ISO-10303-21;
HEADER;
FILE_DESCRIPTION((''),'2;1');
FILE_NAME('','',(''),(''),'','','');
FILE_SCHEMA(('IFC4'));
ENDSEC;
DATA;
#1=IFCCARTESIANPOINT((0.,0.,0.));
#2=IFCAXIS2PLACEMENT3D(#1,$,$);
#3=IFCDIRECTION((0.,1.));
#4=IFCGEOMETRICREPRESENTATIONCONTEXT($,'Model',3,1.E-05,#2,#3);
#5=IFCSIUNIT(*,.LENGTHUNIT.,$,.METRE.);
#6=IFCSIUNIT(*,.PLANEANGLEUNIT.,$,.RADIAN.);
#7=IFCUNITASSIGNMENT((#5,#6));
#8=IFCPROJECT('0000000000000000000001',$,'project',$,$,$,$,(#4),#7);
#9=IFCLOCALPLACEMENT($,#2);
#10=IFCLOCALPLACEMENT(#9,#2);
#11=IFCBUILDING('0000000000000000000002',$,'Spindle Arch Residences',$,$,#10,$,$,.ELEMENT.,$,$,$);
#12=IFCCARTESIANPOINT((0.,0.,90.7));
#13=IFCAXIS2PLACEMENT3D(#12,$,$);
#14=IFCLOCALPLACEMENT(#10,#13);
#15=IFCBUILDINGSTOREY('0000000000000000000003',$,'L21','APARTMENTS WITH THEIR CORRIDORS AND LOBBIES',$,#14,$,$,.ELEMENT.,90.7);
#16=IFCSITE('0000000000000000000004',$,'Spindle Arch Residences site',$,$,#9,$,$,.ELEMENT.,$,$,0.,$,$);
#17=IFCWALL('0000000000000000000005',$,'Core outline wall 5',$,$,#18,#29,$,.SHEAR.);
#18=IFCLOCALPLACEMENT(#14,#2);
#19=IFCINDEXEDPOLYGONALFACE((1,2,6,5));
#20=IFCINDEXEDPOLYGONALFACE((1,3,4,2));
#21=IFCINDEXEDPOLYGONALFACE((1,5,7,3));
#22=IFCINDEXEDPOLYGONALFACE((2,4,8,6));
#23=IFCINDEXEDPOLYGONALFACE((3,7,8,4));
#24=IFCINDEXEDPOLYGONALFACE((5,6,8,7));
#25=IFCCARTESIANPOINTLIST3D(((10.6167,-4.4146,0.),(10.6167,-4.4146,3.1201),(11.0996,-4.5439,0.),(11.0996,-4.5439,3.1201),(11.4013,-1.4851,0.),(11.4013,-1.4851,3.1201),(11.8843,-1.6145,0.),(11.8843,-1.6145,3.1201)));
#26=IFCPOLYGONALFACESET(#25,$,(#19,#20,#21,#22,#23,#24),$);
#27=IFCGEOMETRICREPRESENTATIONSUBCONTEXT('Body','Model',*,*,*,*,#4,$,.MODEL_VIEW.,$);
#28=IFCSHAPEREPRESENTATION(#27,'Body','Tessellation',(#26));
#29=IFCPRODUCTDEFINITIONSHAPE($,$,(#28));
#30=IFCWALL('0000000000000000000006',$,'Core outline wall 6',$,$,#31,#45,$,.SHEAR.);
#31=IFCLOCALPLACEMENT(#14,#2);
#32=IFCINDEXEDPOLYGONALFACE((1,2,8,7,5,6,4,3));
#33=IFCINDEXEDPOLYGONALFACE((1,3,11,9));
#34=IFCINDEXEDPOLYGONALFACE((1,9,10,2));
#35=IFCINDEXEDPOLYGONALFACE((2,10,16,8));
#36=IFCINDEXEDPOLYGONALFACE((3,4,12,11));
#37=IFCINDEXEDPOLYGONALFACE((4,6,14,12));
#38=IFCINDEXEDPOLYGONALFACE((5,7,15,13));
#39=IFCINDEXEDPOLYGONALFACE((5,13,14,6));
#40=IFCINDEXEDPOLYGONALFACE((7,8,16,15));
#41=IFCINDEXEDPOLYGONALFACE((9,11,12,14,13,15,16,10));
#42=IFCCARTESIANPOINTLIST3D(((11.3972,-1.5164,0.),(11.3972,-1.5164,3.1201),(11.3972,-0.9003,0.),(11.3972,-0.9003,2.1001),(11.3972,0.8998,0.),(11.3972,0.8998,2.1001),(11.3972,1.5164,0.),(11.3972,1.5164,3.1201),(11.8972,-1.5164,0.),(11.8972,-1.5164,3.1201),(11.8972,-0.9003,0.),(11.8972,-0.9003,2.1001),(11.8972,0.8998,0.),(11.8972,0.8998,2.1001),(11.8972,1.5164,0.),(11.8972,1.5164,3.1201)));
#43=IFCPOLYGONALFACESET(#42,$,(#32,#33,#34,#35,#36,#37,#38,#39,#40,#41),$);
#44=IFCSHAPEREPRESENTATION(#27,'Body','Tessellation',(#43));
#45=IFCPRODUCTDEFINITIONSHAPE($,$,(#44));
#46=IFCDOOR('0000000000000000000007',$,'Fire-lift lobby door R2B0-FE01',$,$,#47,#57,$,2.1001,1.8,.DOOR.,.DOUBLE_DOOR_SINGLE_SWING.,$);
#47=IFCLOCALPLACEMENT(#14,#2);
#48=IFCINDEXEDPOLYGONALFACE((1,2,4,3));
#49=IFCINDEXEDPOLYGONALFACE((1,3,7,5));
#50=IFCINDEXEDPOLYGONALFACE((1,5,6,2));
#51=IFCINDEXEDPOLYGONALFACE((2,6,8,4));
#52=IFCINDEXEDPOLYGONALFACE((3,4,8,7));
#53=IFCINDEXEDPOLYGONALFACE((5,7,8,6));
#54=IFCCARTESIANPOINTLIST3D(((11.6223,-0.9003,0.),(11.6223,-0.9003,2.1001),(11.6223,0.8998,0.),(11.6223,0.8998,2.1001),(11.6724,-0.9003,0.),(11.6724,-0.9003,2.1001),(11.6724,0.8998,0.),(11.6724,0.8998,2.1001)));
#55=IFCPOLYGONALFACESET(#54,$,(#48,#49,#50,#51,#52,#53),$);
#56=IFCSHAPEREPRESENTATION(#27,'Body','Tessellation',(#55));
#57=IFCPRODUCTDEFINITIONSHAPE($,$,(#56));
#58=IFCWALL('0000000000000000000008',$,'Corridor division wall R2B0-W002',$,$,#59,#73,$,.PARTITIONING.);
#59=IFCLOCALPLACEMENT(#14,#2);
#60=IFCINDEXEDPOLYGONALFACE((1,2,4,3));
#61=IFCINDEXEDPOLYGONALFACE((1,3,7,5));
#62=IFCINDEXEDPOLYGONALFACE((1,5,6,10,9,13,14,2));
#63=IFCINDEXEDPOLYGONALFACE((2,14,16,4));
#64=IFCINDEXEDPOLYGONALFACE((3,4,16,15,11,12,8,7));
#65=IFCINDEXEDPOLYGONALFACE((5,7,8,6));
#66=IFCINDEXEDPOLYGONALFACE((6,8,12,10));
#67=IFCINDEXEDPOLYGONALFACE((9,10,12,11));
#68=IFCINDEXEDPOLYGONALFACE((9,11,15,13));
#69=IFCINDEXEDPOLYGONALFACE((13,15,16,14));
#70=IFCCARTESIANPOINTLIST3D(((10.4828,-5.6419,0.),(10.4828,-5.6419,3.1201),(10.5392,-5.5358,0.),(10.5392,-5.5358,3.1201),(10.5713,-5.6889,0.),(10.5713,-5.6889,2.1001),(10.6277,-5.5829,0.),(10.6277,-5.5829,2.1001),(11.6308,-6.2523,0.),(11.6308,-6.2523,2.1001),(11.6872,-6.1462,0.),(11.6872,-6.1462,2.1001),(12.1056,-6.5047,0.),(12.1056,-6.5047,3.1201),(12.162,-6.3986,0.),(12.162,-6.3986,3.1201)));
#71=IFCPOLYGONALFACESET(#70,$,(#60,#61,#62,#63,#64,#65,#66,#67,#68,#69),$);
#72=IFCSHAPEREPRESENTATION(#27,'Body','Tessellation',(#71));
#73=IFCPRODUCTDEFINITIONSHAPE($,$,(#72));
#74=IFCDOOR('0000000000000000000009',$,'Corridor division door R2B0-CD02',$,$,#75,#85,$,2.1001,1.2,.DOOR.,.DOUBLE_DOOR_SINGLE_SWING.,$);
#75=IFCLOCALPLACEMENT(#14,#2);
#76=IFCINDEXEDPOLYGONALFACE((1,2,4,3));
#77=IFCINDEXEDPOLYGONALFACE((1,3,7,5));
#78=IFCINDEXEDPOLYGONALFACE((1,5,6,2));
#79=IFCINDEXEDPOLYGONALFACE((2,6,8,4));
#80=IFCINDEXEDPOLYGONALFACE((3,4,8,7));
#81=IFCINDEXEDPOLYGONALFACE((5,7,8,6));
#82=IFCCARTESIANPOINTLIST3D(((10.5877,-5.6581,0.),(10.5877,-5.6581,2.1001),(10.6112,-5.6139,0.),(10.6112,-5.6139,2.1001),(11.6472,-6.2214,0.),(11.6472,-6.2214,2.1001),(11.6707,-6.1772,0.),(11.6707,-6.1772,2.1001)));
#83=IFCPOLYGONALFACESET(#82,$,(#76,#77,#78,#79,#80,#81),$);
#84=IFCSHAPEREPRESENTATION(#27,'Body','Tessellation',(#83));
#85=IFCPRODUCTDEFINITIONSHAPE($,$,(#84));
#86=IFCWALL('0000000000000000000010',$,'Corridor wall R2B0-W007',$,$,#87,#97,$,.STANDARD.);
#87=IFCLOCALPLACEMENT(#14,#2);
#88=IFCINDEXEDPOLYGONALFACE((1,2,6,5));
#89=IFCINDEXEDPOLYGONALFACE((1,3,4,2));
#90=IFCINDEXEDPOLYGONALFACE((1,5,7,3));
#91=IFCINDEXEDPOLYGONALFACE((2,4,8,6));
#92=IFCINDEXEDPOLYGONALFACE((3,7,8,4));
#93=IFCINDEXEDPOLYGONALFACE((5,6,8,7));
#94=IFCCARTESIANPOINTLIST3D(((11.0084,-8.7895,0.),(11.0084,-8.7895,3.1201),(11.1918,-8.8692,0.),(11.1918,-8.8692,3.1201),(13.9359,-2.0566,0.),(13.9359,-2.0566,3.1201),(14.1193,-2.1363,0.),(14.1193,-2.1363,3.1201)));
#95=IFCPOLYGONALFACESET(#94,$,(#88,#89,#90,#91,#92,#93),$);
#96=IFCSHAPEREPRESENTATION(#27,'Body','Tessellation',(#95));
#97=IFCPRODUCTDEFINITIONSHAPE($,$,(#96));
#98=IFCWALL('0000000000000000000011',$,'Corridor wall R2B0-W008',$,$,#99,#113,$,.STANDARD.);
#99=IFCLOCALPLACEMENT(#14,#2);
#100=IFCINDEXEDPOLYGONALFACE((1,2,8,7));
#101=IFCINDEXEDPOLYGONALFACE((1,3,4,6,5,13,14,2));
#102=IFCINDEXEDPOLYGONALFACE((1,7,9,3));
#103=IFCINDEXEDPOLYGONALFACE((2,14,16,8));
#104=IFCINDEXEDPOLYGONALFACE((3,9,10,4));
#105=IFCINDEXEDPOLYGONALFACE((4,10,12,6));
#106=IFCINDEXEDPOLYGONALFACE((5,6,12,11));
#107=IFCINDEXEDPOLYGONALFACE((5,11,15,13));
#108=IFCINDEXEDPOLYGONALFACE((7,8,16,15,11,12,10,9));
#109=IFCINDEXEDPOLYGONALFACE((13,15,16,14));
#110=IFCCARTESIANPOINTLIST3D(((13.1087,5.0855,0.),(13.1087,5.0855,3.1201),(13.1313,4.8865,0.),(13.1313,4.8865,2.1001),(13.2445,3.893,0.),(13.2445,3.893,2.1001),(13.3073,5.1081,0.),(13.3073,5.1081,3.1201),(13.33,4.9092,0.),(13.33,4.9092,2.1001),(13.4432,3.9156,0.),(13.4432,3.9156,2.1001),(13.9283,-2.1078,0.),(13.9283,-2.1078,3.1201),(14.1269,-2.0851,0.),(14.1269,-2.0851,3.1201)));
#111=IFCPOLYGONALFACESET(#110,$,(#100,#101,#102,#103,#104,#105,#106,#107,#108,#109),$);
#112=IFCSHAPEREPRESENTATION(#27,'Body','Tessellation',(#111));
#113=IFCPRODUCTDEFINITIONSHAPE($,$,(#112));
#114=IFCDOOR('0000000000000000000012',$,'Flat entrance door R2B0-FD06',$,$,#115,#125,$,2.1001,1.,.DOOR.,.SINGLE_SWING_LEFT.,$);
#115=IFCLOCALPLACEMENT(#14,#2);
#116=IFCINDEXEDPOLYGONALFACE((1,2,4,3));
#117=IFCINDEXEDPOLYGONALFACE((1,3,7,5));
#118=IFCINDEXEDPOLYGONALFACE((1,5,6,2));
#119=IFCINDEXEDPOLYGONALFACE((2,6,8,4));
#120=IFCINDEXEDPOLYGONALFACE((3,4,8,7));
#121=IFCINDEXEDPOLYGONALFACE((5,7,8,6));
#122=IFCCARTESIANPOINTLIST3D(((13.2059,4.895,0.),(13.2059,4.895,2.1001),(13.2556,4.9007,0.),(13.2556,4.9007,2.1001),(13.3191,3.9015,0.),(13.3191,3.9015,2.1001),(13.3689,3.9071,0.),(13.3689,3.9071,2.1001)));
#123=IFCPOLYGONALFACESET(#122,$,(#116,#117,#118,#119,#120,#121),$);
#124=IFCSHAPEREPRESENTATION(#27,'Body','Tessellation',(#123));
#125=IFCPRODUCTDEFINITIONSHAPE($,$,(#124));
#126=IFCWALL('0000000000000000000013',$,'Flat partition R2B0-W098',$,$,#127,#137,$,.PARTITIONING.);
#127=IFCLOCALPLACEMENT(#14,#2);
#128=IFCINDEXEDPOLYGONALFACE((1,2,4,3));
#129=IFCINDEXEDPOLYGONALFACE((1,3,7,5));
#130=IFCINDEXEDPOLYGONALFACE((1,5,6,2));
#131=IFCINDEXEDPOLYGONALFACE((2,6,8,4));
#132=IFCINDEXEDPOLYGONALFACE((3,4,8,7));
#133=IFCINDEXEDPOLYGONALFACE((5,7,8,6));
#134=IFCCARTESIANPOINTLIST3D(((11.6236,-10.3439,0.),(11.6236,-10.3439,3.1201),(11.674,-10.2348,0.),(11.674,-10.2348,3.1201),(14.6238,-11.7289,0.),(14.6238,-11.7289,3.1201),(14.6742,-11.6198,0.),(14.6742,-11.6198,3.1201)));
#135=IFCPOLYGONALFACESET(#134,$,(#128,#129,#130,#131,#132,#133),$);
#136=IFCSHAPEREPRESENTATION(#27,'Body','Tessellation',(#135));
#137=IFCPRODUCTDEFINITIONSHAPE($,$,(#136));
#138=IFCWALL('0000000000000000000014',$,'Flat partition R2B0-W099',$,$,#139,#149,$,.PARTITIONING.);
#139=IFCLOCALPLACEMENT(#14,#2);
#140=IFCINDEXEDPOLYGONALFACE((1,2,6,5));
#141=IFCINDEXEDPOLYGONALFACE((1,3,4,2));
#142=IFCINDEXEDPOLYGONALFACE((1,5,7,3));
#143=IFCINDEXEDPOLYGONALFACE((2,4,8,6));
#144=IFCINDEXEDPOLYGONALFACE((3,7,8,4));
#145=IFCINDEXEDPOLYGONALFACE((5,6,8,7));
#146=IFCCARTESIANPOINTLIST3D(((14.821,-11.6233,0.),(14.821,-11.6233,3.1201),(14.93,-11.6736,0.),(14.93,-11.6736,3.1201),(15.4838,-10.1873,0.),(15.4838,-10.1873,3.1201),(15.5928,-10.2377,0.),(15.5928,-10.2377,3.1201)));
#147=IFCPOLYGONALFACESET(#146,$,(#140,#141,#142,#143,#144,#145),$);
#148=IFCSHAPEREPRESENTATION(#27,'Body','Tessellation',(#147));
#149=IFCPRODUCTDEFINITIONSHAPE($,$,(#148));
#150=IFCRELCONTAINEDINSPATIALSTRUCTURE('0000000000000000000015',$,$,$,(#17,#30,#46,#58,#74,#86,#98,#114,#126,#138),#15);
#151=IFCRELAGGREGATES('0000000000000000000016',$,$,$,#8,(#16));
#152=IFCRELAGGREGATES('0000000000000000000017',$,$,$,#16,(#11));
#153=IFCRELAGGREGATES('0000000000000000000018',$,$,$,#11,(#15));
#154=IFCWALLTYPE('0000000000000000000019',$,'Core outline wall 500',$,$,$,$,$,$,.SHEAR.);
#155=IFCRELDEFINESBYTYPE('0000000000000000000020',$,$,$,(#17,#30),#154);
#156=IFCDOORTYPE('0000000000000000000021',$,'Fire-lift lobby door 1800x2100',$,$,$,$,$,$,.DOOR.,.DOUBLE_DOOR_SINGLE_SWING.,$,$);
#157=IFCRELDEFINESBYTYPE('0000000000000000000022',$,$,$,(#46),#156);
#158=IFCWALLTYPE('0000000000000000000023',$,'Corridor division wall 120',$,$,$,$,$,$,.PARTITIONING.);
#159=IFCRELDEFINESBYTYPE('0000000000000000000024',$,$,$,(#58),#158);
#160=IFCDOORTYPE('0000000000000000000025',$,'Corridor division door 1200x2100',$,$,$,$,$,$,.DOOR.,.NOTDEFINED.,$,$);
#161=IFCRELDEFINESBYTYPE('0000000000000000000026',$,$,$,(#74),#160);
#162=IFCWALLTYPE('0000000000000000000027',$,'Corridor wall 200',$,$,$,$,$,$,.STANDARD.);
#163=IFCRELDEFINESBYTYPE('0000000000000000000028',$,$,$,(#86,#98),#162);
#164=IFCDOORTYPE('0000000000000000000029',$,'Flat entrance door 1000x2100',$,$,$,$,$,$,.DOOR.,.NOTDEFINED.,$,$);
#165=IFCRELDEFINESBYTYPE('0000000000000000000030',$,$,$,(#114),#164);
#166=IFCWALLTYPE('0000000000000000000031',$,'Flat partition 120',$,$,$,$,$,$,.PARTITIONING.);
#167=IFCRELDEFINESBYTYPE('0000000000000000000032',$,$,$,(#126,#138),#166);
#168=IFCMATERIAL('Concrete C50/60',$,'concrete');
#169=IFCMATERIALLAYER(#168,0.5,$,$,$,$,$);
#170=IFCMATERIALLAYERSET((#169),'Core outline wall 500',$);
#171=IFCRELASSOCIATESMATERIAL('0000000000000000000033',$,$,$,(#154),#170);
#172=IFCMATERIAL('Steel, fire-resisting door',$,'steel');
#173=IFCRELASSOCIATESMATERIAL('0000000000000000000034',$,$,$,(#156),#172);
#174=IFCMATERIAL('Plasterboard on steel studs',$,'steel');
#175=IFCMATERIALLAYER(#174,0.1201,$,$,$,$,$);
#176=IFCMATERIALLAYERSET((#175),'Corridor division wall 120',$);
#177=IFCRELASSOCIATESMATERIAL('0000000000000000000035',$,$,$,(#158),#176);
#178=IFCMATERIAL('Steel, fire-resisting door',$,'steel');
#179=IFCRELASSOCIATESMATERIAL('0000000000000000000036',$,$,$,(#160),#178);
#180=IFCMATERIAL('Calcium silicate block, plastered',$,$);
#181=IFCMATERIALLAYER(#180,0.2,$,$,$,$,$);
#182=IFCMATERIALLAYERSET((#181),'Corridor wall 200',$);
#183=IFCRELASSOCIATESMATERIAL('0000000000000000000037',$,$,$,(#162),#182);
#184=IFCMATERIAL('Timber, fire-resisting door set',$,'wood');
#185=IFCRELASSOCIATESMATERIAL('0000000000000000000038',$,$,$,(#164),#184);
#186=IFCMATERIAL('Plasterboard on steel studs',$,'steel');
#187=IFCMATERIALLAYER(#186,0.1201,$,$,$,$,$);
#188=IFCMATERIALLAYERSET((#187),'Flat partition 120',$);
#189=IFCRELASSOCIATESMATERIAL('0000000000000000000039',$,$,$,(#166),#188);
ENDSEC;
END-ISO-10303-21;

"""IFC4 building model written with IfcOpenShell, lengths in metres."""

from ifc_helpers import new_model, si_unit, direction, frame, frame_2d, origin, place, context, subcontext, project, spatial, rectangle, extrude, material, layer, layer_set, type_object, element, fill, save


model = new_model("IFC4")

# Units and contexts
model_context = context("Model", 3, precision=1e-05, world=origin(), true_north=direction((0.0, 1.0)))
body_context = subcontext(model_context, "Body", "Model", "MODEL_VIEW")
ifc_project = project(units=[si_unit("LENGTHUNIT", "METRE"), si_unit("PLANEANGLEUNIT", "RADIAN")], contexts=[model_context])

# Site, building, storey
site_placement = place(None, origin())
site = spatial("IfcSite", under=ifc_project, at=site_placement, Name="Spindle Arch Residences site", CompositionType="ELEMENT", RefElevation=0.0)
building_placement = place(site_placement, origin())
building = spatial("IfcBuilding", under=site, at=building_placement, Name="Spindle Arch Residences", CompositionType="ELEMENT")
storey_placement = place(building_placement, frame((0.0, 0.0, 90.7)))
storey = spatial("IfcBuildingStorey", under=building, at=storey_placement, Name="L21", Description="APARTMENTS WITH THEIR CORRIDORS AND LOBBIES", CompositionType="ELEMENT", Elevation=90.7)

# Wall
ifc_material_1 = material(Name="Concrete C50/60", Category="concrete")
ifc_layer_1 = layer(ifc_material_1, 0.5)
ifc_layer_set_1 = layer_set([ifc_layer_1], Name="Core outline wall 500")
wall_type_1 = type_object("IfcWallType", Name="Core outline wall 500", PredefinedType="SHEAR", material=ifc_layer_set_1)
wall_1_placement = place(storey_placement, frame((10.8582, -4.4792, 0.0), z_axis=(0.0, 0.0, 1.0), x_axis=(0.258735, 0.965948, 0.0)))
element("IfcWall", 1, at=wall_1_placement, inside=storey, type_object=wall_type_1, Name="Core outline wall 5", PredefinedType="SHEAR", context=body_context, shape_type="SweptSolid", body=[
    extrude(rectangle(XDim=3.0327, YDim=0.5, at=frame_2d((1.5164, 0.0))), origin(), (0.0, 0.0, 1.0), 3.1201),
])

# Walls, openings, doors
wall_2_placement = place(storey_placement, frame((11.6472, -1.5164, 0.0), z_axis=(0.0, 0.0, 1.0), x_axis=(0.0, 1.0, 0.0)))
wall_2 = element("IfcWall", 2, at=wall_2_placement, inside=storey, type_object=wall_type_1, Name="Core outline wall 6", PredefinedType="SHEAR", context=body_context, shape_type="SweptSolid", body=[
    extrude(rectangle(XDim=3.0327, YDim=0.5, at=frame_2d((1.5164, 0.0))), origin(), (0.0, 0.0, 1.0), 3.1201),
])
opening_1_placement = place(wall_2_placement, frame((0.6162, 0.0, 0.0)))
opening_1 = element("IfcOpeningElement", 3, at=opening_1_placement, cuts=wall_2, PredefinedType="OPENING", context=body_context, shape_type="SweptSolid", body=[
    extrude(rectangle(XDim=1.8, YDim=2.1001, at=frame_2d((0.8999, 1.05))), frame((0.0, 0.26, 0.0), z_axis=(0.0, -1.0, 0.0), x_axis=(1.0, 0.0, 0.0)), (0.0, 0.0, 1.0), 0.52),
])
ifc_material_2 = material(Name="Steel, fire-resisting door", Category="steel")
door_type_1 = type_object("IfcDoorType", Name="Fire-lift lobby door 1800x2100", OperationType="DOUBLE_DOOR_SINGLE_SWING", PredefinedType="DOOR", material=ifc_material_2)
door_1_placement = place(opening_1_placement, origin())
door_1 = element("IfcDoor", 4, at=door_1_placement, inside=storey, type_object=door_type_1, Name="Fire-lift lobby door R2B0-FE01", OperationType="DOUBLE_DOOR_SINGLE_SWING", OverallHeight=2.1001, OverallWidth=1.8, PredefinedType="DOOR", context=body_context, shape_type="SweptSolid", body=[
    extrude(rectangle(XDim=1.8, YDim=2.1001, at=frame_2d((0.8999, 1.05))), frame((0.0, 0.0249, 0.0), z_axis=(0.0, -1.0, 0.0), x_axis=(1.0, 0.0, 0.0)), (0.0, 0.0, 1.0), 0.05),
])
fill(opening_1, door_1)
ifc_material_3 = material(Name="Plasterboard on steel studs", Category="steel")
ifc_layer_2 = layer(ifc_material_3, 0.1201)
ifc_layer_set_2 = layer_set([ifc_layer_2], Name="Corridor division wall 120")
wall_type_2 = type_object("IfcWallType", Name="Corridor division wall 120", PredefinedType="PARTITIONING", material=ifc_layer_set_2)
wall_3_placement = place(storey_placement, frame((10.511, -5.5889, 0.0), z_axis=(0.0, 0.0, 1.0), x_axis=(0.882963, -0.469443, 0.0)))
wall_3 = element("IfcWall", 5, at=wall_3_placement, inside=storey, type_object=wall_type_2, Name="Corridor division wall R2B0-W002", PredefinedType="PARTITIONING", context=body_context, shape_type="SweptSolid", body=[
    extrude(rectangle(XDim=1.8379, YDim=0.1201, at=frame_2d((0.9189, 0.0))), origin(), (0.0, 0.0, 1.0), 3.1201),
])
opening_2_placement = place(wall_3_placement, frame((0.1001, 0.0, 0.0)))
opening_2 = element("IfcOpeningElement", 6, at=opening_2_placement, cuts=wall_3, PredefinedType="OPENING", context=body_context, shape_type="SweptSolid", body=[
    extrude(rectangle(XDim=1.2, YDim=2.1001, at=frame_2d((0.6001, 1.05))), frame((0.0, 0.0701, 0.0), z_axis=(0.0, -1.0, 0.0), x_axis=(1.0, 0.0, 0.0)), (0.0, 0.0, 1.0), 0.1401),
])
ifc_material_4 = material(Name="Steel, fire-resisting door", Category="steel")
door_type_2 = type_object("IfcDoorType", Name="Corridor division door 1200x2100", OperationType="NOTDEFINED", PredefinedType="DOOR", material=ifc_material_4)
door_2_placement = place(opening_2_placement, origin())
door_2 = element("IfcDoor", 7, at=door_2_placement, inside=storey, type_object=door_type_2, Name="Corridor division door R2B0-CD02", OperationType="DOUBLE_DOOR_SINGLE_SWING", OverallHeight=2.1001, OverallWidth=1.2, PredefinedType="DOOR", context=body_context, shape_type="SweptSolid", body=[
    extrude(rectangle(XDim=1.2, YDim=2.1001, at=frame_2d((0.6001, 1.05))), frame((0.0, 0.0249, 0.0), z_axis=(0.0, -1.0, 0.0), x_axis=(1.0, 0.0, 0.0)), (0.0, 0.0, 1.0), 0.05),
])
fill(opening_2, door_2)

# Wall
ifc_material_5 = material(Name="Calcium silicate block, plastered")
ifc_layer_3 = layer(ifc_material_5, 0.2)
ifc_layer_set_3 = layer_set([ifc_layer_3], Name="Corridor wall 200")
wall_type_3 = type_object("IfcWallType", Name="Corridor wall 200", PredefinedType="STANDARD", material=ifc_layer_set_3)
wall_4_placement = place(storey_placement, frame((11.1001, -8.8293, 0.0), z_axis=(0.0, 0.0, 1.0), x_axis=(0.398742, 0.917063, 0.0)))
element("IfcWall", 8, at=wall_4_placement, inside=storey, type_object=wall_type_3, Name="Corridor wall R2B0-W007", PredefinedType="STANDARD", context=body_context, shape_type="SweptSolid", body=[
    extrude(rectangle(XDim=7.3418, YDim=0.2, at=frame_2d((3.6709, 0.0))), origin(), (0.0, 0.0, 1.0), 3.1201),
])

# Wall, opening, door
wall_5_placement = place(storey_placement, frame((14.0276, -2.0964, 0.0), z_axis=(0.0, 0.0, 1.0), x_axis=(-0.113207, 0.993571, 0.0)))
wall_5 = element("IfcWall", 9, at=wall_5_placement, inside=storey, type_object=wall_type_3, Name="Corridor wall R2B0-W008", PredefinedType="STANDARD", context=body_context, shape_type="SweptSolid", body=[
    extrude(rectangle(XDim=7.2397, YDim=0.2, at=frame_2d((3.6199, 0.0))), origin(), (0.0, 0.0, 1.0), 3.1201),
])
opening_3_placement = place(wall_5_placement, frame((6.0396, 0.0, 0.0)))
opening_3 = element("IfcOpeningElement", 10, at=opening_3_placement, cuts=wall_5, PredefinedType="OPENING", context=body_context, shape_type="SweptSolid", body=[
    extrude(rectangle(XDim=1.0, YDim=2.1001, at=frame_2d((0.5, 1.05))), frame((0.0, 0.1099, 0.0), z_axis=(0.0, -1.0, 0.0), x_axis=(1.0, 0.0, 0.0)), (0.0, 0.0, 1.0), 0.22),
])
ifc_material_6 = material(Name="Timber, fire-resisting door set", Category="wood")
door_type_3 = type_object("IfcDoorType", Name="Flat entrance door 1000x2100", OperationType="NOTDEFINED", PredefinedType="DOOR", material=ifc_material_6)
door_3_placement = place(opening_3_placement, origin())
door_3 = element("IfcDoor", 11, at=door_3_placement, inside=storey, type_object=door_type_3, Name="Flat entrance door R2B0-FD06", OperationType="SINGLE_SWING_LEFT", OverallHeight=2.1001, OverallWidth=1.0, PredefinedType="DOOR", context=body_context, shape_type="SweptSolid", body=[
    extrude(rectangle(XDim=1.0, YDim=2.1001, at=frame_2d((0.5, 1.05))), frame((0.0, 0.0249, 0.0), z_axis=(0.0, -1.0, 0.0), x_axis=(1.0, 0.0, 0.0)), (0.0, 0.0, 1.0), 0.05),
])
fill(opening_3, door_3)

# Walls
ifc_material_7 = material(Name="Plasterboard on steel studs", Category="steel")
ifc_layer_4 = layer(ifc_material_7, 0.1201)
ifc_layer_set_4 = layer_set([ifc_layer_4], Name="Flat partition 120")
wall_type_4 = type_object("IfcWallType", Name="Flat partition 120", PredefinedType="PARTITIONING", material=ifc_layer_set_4)
wall_6_placement = place(storey_placement, frame((11.6487, -10.2893, 0.0), z_axis=(0.0, 0.0, 1.0), x_axis=(0.907927, -0.419128, 0.0)))
element("IfcWall", 12, at=wall_6_placement, inside=storey, type_object=wall_type_4, Name="Flat partition R2B0-W098", PredefinedType="PARTITIONING", context=body_context, shape_type="SweptSolid", body=[
    extrude(rectangle(XDim=3.3044, YDim=0.1201, at=frame_2d((1.6523, 0.0))), origin(), (0.0, 0.0, 1.0), 3.1201),
])
wall_7_placement = place(storey_placement, frame((14.8755, -11.6484, 0.0), z_axis=(0.0, 0.0, 1.0), x_axis=(0.419088, 0.907946, 0.0)))
element("IfcWall", 13, at=wall_7_placement, inside=storey, type_object=wall_type_4, Name="Flat partition R2B0-W099", PredefinedType="PARTITIONING", context=body_context, shape_type="SweptSolid", body=[
    extrude(rectangle(XDim=1.5815, YDim=0.1201, at=frame_2d((0.7908, 0.0))), origin(), (0.0, 0.0, 1.0), 3.1201),
])

save(model, "model.ifc")
